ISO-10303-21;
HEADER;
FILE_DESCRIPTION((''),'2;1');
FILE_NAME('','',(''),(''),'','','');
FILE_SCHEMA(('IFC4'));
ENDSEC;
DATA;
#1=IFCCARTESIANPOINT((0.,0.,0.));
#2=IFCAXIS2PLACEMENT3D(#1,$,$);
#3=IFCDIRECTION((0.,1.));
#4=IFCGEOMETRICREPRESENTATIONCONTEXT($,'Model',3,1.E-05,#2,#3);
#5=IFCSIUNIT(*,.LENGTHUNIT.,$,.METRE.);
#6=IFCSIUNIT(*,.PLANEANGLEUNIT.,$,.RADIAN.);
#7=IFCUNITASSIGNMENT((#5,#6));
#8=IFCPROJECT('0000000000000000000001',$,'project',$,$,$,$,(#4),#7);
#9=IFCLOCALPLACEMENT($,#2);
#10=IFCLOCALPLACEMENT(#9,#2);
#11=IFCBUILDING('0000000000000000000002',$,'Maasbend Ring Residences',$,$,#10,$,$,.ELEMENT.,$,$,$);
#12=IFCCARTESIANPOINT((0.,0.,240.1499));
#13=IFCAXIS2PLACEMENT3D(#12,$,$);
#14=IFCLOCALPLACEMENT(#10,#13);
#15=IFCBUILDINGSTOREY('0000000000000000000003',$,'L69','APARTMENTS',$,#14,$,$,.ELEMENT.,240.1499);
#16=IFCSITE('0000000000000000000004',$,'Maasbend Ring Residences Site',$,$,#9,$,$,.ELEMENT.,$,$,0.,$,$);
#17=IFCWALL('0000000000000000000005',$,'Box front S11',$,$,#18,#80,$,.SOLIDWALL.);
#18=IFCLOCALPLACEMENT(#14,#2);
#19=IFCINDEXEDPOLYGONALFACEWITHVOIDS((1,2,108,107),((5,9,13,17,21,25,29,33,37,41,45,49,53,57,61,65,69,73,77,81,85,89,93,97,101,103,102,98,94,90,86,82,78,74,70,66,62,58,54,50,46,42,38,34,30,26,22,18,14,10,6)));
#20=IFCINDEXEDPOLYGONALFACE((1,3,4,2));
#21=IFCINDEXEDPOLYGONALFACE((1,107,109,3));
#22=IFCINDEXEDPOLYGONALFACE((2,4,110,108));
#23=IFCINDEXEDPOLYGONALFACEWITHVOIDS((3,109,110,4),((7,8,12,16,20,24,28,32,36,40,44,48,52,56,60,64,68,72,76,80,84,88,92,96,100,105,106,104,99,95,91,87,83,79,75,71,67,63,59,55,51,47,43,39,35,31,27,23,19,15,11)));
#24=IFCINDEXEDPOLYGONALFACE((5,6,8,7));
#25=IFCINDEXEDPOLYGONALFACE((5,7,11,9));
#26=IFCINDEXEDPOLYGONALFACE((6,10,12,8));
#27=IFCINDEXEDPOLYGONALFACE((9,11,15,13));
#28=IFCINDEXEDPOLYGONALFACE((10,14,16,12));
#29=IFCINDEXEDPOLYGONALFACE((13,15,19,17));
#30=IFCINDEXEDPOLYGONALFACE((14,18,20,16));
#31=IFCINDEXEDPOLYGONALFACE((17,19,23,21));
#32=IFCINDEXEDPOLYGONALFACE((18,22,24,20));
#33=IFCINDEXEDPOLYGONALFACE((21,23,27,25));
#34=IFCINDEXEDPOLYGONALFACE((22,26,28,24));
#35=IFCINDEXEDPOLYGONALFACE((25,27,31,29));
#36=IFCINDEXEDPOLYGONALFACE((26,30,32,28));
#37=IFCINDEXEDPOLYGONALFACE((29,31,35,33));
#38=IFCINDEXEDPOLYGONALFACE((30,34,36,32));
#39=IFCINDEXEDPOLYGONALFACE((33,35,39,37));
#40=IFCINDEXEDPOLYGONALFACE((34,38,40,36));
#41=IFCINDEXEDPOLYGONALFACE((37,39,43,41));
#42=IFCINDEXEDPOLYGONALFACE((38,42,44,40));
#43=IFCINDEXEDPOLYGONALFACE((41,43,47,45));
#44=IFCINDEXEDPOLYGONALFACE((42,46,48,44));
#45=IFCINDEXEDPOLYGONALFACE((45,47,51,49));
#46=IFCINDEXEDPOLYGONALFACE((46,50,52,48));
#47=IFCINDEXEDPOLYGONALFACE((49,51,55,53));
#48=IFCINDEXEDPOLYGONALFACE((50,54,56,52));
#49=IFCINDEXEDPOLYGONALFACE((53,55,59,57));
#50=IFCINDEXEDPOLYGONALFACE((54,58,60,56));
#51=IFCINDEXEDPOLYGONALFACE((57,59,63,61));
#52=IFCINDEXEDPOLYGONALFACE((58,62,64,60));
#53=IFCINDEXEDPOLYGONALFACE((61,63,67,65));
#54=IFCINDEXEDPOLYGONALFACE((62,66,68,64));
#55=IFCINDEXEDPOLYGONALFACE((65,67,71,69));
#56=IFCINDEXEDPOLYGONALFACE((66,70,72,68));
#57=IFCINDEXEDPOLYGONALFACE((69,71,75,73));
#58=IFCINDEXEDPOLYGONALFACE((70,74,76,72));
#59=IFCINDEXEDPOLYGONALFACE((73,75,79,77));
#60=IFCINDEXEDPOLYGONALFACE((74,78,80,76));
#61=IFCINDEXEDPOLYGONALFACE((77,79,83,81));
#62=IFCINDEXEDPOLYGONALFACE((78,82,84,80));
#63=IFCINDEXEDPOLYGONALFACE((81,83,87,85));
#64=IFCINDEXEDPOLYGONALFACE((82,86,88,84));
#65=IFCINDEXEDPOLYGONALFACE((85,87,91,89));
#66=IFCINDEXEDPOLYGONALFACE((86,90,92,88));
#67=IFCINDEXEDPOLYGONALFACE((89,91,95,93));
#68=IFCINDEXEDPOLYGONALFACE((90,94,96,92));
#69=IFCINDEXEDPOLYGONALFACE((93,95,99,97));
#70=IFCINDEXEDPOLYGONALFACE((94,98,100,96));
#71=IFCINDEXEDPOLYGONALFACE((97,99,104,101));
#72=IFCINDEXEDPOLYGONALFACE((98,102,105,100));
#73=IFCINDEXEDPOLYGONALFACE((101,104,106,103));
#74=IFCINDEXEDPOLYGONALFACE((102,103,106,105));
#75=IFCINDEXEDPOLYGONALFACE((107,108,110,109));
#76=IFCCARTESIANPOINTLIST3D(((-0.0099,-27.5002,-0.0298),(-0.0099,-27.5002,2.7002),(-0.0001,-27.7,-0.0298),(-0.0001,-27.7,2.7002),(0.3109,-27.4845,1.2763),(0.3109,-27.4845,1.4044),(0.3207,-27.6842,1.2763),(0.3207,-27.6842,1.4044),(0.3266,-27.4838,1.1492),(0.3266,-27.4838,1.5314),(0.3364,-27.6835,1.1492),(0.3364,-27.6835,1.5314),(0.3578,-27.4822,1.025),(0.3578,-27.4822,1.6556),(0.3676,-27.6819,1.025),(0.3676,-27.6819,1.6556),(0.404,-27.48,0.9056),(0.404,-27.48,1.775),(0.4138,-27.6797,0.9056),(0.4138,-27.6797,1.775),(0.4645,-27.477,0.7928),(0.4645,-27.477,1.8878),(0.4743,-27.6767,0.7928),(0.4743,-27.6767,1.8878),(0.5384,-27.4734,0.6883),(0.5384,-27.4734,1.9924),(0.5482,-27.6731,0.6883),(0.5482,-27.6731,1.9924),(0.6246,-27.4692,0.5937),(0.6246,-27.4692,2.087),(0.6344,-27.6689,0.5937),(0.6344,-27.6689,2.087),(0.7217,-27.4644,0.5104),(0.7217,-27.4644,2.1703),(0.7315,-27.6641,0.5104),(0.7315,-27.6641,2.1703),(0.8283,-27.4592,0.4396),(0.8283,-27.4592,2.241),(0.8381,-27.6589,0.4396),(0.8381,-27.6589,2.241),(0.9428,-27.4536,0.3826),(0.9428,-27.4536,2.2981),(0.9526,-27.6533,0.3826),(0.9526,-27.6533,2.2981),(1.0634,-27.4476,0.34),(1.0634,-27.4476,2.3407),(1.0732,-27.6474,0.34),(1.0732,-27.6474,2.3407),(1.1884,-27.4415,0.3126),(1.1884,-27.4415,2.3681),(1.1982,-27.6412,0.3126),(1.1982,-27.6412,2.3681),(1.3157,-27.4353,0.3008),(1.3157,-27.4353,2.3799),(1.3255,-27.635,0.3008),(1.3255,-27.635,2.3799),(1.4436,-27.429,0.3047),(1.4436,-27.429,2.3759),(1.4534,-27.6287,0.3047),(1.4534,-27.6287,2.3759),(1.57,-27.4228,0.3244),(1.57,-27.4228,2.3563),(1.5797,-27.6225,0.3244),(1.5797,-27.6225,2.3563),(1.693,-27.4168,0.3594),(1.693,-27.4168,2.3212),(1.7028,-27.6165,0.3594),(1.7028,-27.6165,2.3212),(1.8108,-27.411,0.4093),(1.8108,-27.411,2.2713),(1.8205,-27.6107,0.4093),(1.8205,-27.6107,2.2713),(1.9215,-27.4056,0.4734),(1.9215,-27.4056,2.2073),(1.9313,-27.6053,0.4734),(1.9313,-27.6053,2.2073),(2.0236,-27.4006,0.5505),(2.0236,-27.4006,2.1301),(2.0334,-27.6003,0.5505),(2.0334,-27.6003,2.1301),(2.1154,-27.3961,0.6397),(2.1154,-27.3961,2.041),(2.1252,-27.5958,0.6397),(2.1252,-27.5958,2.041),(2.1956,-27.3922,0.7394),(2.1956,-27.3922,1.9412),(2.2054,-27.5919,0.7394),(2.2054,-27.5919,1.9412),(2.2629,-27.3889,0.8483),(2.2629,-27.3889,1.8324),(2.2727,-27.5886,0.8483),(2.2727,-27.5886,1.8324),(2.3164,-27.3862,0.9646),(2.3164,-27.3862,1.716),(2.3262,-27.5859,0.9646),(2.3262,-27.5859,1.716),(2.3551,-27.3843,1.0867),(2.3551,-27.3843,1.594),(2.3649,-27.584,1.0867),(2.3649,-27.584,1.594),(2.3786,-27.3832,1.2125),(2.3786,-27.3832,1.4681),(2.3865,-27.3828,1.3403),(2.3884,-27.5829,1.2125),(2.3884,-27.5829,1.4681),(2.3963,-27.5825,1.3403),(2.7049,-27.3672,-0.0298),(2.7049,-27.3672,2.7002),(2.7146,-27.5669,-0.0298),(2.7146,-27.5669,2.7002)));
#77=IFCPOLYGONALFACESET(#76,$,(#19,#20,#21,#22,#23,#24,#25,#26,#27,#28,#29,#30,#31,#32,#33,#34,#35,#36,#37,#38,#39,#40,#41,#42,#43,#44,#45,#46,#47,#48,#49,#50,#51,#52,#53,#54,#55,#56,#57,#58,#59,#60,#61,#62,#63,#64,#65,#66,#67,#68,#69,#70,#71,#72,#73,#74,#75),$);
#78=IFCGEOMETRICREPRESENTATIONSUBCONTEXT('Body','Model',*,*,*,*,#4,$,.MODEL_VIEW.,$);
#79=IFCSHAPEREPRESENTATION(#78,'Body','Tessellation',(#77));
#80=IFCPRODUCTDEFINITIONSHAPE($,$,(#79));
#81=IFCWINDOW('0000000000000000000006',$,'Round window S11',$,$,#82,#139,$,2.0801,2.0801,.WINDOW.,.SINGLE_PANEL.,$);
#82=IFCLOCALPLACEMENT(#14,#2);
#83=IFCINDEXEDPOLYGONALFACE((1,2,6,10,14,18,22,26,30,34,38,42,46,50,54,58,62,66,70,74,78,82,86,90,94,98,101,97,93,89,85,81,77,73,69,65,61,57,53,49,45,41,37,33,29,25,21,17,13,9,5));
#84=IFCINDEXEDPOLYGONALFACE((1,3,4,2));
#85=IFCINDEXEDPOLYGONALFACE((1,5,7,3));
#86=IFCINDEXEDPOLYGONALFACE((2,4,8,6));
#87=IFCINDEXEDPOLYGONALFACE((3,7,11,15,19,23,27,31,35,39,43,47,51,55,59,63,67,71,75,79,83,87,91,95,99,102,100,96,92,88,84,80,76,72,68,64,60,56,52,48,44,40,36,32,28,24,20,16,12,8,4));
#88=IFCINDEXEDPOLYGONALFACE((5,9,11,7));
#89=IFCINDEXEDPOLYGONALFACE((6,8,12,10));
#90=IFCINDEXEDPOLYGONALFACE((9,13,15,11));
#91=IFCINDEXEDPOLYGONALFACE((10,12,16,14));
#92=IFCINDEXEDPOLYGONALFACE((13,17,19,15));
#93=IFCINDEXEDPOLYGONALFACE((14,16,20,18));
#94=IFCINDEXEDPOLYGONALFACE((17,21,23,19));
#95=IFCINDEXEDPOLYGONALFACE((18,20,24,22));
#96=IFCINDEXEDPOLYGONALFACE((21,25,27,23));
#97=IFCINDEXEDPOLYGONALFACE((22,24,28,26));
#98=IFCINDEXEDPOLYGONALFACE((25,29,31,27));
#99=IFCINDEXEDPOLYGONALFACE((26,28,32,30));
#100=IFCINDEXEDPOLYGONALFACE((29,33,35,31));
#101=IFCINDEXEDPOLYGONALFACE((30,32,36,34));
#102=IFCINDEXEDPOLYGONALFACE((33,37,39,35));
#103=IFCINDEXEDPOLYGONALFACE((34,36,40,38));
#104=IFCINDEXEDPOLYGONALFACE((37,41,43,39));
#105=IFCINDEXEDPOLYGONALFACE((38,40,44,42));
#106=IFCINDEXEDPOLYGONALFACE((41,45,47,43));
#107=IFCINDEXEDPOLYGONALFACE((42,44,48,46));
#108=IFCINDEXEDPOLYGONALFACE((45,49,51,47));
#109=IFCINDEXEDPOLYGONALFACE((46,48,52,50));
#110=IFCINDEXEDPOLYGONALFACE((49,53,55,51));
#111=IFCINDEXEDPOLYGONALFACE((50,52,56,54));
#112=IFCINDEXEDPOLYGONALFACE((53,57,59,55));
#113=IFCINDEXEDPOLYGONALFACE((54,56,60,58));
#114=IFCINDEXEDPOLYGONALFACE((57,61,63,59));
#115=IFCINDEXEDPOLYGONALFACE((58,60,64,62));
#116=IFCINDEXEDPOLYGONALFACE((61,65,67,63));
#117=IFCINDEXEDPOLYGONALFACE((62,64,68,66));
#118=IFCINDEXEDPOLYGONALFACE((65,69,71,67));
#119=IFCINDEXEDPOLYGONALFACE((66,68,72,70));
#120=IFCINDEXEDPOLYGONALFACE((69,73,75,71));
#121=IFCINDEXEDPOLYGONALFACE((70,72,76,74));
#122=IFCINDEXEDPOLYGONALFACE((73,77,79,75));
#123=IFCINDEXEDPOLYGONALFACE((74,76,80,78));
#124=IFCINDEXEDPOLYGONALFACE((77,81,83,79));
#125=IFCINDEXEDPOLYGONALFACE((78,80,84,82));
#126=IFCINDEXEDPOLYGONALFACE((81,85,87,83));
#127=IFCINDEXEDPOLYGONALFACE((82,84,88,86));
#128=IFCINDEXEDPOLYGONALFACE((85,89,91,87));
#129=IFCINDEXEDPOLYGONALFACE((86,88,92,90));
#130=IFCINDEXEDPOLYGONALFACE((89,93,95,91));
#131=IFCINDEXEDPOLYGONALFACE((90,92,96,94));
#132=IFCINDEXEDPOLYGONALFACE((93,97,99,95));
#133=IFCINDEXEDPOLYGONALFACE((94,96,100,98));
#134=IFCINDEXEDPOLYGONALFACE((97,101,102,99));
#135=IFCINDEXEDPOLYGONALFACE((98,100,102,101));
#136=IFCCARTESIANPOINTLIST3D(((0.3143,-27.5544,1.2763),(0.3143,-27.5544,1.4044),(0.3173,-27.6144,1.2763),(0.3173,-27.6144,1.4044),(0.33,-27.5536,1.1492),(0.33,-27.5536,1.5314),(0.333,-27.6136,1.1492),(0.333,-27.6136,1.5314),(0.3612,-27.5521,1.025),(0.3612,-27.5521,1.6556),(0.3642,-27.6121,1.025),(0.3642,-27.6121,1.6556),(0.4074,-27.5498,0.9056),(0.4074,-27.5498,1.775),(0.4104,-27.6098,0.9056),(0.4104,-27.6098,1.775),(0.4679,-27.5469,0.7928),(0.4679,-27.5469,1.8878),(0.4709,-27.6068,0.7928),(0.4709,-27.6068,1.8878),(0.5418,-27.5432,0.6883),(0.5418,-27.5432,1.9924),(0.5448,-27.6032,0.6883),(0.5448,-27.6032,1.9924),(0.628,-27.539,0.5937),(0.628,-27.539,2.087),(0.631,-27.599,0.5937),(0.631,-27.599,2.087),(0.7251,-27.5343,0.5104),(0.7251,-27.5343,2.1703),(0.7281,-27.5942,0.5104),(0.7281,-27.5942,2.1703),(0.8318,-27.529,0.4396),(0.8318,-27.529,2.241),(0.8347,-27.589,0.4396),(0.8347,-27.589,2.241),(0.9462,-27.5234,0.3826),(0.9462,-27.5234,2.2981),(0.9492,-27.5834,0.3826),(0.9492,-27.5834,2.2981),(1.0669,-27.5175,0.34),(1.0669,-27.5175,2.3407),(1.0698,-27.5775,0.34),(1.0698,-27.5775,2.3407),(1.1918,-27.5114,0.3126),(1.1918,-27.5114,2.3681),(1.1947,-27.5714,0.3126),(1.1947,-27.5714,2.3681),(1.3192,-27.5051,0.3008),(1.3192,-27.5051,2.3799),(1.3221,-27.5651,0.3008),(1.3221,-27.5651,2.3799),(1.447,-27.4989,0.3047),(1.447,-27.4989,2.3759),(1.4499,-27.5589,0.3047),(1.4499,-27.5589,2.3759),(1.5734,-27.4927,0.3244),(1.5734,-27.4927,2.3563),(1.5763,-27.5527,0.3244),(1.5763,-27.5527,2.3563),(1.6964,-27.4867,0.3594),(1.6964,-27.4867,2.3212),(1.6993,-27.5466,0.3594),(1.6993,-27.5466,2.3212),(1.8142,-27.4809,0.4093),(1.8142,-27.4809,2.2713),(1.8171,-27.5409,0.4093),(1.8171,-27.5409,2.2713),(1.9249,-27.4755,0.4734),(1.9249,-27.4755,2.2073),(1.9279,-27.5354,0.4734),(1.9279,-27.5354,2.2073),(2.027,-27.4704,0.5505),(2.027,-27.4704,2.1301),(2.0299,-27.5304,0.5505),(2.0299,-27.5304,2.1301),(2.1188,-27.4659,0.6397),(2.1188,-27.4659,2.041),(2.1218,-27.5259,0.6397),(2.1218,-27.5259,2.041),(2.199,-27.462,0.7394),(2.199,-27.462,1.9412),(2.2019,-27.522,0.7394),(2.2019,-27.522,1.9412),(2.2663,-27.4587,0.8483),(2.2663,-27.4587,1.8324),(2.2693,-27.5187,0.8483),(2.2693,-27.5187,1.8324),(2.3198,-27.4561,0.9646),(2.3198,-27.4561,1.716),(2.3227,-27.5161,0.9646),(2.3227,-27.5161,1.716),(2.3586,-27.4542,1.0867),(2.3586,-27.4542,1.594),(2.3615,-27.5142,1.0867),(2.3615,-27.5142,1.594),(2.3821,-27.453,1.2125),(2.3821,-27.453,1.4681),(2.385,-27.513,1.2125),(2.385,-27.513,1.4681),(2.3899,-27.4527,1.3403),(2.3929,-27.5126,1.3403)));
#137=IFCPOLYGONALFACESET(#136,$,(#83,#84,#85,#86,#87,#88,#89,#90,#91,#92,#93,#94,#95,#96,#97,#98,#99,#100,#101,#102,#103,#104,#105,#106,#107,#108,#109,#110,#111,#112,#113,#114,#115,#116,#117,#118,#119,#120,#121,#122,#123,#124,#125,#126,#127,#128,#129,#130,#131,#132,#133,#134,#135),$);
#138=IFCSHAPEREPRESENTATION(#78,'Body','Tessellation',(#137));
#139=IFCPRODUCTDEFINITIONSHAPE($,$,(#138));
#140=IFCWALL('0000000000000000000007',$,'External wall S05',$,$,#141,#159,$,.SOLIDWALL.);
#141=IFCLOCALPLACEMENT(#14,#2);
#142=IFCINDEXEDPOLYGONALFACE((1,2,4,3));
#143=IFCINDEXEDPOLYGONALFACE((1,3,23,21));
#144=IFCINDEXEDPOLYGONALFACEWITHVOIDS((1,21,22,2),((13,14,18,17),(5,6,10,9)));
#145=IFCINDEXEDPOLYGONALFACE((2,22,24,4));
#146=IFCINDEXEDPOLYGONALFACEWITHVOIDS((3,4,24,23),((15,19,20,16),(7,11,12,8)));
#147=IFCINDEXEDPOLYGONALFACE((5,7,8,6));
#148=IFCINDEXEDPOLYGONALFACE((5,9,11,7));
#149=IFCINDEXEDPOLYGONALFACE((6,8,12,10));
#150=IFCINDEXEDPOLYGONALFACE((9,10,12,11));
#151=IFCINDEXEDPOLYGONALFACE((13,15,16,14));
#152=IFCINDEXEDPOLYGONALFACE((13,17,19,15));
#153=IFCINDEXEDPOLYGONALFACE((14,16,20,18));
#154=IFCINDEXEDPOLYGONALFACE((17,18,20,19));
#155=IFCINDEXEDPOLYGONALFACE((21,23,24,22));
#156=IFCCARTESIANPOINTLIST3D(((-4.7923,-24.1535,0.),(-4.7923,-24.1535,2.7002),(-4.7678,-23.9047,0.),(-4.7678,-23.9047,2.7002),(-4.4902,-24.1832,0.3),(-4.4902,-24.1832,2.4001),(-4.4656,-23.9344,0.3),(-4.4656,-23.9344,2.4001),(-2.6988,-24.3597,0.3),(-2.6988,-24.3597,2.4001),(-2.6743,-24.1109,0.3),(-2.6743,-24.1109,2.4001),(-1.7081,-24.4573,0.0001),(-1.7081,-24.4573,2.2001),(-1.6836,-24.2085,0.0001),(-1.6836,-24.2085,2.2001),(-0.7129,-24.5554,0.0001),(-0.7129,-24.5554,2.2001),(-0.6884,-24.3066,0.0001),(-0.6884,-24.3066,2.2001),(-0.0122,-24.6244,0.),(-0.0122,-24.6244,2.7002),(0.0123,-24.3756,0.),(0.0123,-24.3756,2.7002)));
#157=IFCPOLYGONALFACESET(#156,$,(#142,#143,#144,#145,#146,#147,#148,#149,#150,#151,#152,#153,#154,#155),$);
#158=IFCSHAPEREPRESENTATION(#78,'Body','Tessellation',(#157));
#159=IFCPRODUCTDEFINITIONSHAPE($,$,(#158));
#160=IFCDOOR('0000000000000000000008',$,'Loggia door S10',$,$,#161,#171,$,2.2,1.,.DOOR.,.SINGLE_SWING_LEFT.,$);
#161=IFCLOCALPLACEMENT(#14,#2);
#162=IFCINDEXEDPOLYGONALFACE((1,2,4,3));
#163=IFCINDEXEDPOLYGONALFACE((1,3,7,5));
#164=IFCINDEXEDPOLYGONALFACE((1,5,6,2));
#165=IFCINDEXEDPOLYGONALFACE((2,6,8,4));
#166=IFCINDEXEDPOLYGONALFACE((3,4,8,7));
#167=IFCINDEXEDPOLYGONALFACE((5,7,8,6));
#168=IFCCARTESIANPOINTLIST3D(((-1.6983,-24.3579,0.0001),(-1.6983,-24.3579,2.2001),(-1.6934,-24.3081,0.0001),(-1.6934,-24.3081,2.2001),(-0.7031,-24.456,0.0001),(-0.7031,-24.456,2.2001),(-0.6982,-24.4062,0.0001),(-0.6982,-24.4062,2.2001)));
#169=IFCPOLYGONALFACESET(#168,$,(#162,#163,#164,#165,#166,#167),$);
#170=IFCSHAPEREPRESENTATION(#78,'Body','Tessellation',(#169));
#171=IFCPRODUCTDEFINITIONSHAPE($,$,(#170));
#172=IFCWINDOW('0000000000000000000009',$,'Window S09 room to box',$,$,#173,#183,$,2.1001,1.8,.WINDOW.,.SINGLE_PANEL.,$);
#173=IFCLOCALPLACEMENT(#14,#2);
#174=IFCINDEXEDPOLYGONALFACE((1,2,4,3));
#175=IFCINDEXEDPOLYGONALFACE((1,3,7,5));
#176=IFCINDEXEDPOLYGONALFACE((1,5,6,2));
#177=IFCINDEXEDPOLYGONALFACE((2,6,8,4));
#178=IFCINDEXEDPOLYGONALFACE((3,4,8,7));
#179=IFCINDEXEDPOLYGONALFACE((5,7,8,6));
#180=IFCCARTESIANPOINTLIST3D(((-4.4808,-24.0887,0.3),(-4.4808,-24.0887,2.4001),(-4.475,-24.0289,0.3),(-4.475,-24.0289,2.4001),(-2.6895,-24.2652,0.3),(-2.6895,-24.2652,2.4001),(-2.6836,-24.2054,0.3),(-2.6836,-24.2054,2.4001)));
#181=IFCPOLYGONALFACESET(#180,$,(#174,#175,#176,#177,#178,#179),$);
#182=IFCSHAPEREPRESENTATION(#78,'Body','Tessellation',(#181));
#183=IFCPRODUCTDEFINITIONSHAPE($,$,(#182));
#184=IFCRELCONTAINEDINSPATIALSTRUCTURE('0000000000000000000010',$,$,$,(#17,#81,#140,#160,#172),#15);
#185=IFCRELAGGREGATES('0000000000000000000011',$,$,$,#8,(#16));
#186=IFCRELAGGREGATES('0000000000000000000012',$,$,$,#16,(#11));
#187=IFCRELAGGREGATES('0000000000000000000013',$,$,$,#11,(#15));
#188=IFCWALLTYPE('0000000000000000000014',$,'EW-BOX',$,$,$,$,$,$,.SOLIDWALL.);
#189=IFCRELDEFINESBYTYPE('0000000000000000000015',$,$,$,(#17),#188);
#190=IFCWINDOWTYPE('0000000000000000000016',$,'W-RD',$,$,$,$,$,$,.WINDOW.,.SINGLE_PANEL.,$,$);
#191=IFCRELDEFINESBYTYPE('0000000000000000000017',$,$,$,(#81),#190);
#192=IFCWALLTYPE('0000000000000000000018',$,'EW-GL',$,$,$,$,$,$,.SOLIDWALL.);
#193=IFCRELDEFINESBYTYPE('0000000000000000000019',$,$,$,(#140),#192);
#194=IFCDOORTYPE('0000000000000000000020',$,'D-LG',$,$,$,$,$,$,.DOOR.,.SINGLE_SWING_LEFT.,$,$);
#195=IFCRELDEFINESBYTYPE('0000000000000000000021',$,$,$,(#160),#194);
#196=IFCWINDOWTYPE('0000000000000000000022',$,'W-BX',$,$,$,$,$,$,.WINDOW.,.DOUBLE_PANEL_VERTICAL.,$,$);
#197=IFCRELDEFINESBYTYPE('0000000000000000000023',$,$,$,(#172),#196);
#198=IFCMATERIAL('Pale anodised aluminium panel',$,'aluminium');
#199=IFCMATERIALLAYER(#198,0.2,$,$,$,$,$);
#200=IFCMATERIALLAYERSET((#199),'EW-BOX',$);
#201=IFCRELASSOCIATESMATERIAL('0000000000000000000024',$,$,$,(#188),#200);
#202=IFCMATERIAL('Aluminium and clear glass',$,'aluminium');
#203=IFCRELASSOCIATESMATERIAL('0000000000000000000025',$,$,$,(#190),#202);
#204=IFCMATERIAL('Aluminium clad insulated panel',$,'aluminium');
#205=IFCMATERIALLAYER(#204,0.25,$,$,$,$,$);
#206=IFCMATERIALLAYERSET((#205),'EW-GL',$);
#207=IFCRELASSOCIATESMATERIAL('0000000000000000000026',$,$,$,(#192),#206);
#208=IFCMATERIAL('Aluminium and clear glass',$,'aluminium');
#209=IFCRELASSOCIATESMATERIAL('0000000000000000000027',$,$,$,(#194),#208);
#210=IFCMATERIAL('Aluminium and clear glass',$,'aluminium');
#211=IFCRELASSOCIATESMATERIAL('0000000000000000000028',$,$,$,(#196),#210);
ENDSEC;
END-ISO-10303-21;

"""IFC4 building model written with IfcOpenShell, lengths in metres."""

from ifc_helpers import new_model, si_unit, direction, frame, frame_2d, origin, place, context, subcontext, project, spatial, rectangle, circle, extrude, material, layer, layer_set, type_object, element, fill, save


model = new_model("IFC4")

# Units and contexts
model_context = context("Model", 3, precision=1e-05, world=origin(), true_north=direction((0.0, 1.0)))
body_context = subcontext(model_context, "Body", "Model", "MODEL_VIEW")
ifc_project = project(units=[si_unit("LENGTHUNIT", "METRE"), si_unit("PLANEANGLEUNIT", "RADIAN")], contexts=[model_context])

# Site, building, storey
site_placement = place(None, origin())
site = spatial("IfcSite", under=ifc_project, at=site_placement, Name="Maasbend Ring Residences Site", CompositionType="ELEMENT", RefElevation=0.0)
building_placement = place(site_placement, origin())
building = spatial("IfcBuilding", under=site, at=building_placement, Name="Maasbend Ring Residences", CompositionType="ELEMENT")
storey_placement = place(building_placement, frame((0.0, 0.0, 240.1499)))
storey = spatial("IfcBuildingStorey", under=building, at=storey_placement, Name="L69", Description="APARTMENTS", CompositionType="ELEMENT", Elevation=240.1499)

# Shared definitions
ifc_material_1 = material(Name="Pale anodised aluminium panel", Category="aluminium")
ifc_layer_1 = layer(ifc_material_1, 0.2)
ifc_layer_set_1 = layer_set([ifc_layer_1], Name="EW-BOX")
wall_type_1 = type_object("IfcWallType", Name="EW-BOX", PredefinedType="SOLIDWALL", material=ifc_layer_set_1)

# Shared definitions
ifc_material_2 = material(Name="Aluminium and clear glass", Category="aluminium")
window_type_1 = type_object("IfcWindowType", Name="W-RD", PartitioningType="SINGLE_PANEL", PredefinedType="WINDOW", material=ifc_material_2)

# Wall, opening, window
wall_1_placement = place(storey_placement, frame((-0.0049, -27.6001, -0.0298), z_axis=(0.0, 0.0, 1.0), x_axis=(0.998801, 0.048952, 0.0)))
wall_1 = element("IfcWall", 1, at=wall_1_placement, inside=storey, type_object=wall_type_1, Name="Box front S11", PredefinedType="SOLIDWALL", context=body_context, shape_type="SweptSolid", body=[
    extrude(rectangle(XDim=2.718, YDim=0.2, at=frame_2d((1.3589, 0.0))), origin(), (0.0, 0.0, 1.0), 2.73),
])
opening_1_placement = place(wall_1_placement, frame((0.3191, 0.0, 0.3301)))
opening_1 = element("IfcOpeningElement", 2, at=opening_1_placement, cuts=wall_1, PredefinedType="OPENING", context=body_context, shape_type="SweptSolid", body=[
    extrude(circle(Radius=1.04, at=frame_2d((1.04, 1.04))), frame((0.0, 0.1099, 0.0), z_axis=(0.0, -1.0, 0.0), x_axis=(1.0, 0.0, 0.0)), (0.0, 0.0, 1.0), 0.22),
])
window_1_placement = place(opening_1_placement, origin())
window_1 = element("IfcWindow", 3, at=window_1_placement, inside=storey, type_object=window_type_1, Name="Round window S11", OverallHeight=2.0801, OverallWidth=2.0801, PartitioningType="SINGLE_PANEL", PredefinedType="WINDOW", context=body_context, shape_type="SweptSolid", body=[
    extrude(circle(Radius=1.04, at=frame_2d((1.04, 1.04))), frame((0.0, 0.03, 0.0), z_axis=(0.0, -1.0, 0.0), x_axis=(1.0, 0.0, 0.0)), (0.0, 0.0, 1.0), 0.0601),
])
fill(opening_1, window_1)

# Wall, openings, door, window
ifc_material_3 = material(Name="Aluminium clad insulated panel", Category="aluminium")
ifc_layer_2 = layer(ifc_material_3, 0.25)
ifc_layer_set_2 = layer_set([ifc_layer_2], Name="EW-GL")
wall_type_2 = type_object("IfcWallType", Name="EW-GL", PredefinedType="SOLIDWALL", material=ifc_layer_set_2)
wall_2_placement = place(storey_placement, frame((-4.78, -24.0291, 0.0), z_axis=(0.0, 0.0, 1.0), x_axis=(0.995182, -0.098049, 0.0)))
wall_2 = element("IfcWall", 4, at=wall_2_placement, inside=storey, type_object=wall_type_2, Name="External wall S05", PredefinedType="SOLIDWALL", context=body_context, shape_type="SweptSolid", body=[
    extrude(rectangle(XDim=4.8032, YDim=0.25, at=frame_2d((2.4016, 0.0))), origin(), (0.0, 0.0, 1.0), 2.7002),
])
opening_2_placement = place(wall_2_placement, frame((0.3037, 0.0, 0.3)))
opening_2 = element("IfcOpeningElement", 5, at=opening_2_placement, cuts=wall_2, PredefinedType="OPENING", context=body_context, shape_type="SweptSolid", body=[
    extrude(rectangle(XDim=1.8, YDim=2.1001, at=frame_2d((0.8999, 1.05))), frame((0.0, 0.135, 0.0), z_axis=(0.0, -1.0, 0.0), x_axis=(1.0, 0.0, 0.0)), (0.0, 0.0, 1.0), 0.27),
])
opening_3_placement = place(wall_2_placement, frame((3.0991, 0.0, 0.0)))
opening_3 = element("IfcOpeningElement", 6, at=opening_3_placement, cuts=wall_2, PredefinedType="OPENING", context=body_context, shape_type="SweptSolid", body=[
    extrude(rectangle(XDim=1.0, YDim=2.2, at=frame_2d((0.5, 1.1001))), frame((0.0, 0.135, 0.0), z_axis=(0.0, -1.0, 0.0), x_axis=(1.0, 0.0, 0.0)), (0.0, 0.0, 1.0), 0.27),
])
ifc_material_4 = material(Name="Aluminium and clear glass", Category="aluminium")
door_type_1 = type_object("IfcDoorType", Name="D-LG", OperationType="SINGLE_SWING_LEFT", PredefinedType="DOOR", material=ifc_material_4)
door_1_placement = place(opening_3_placement, origin())
door_1 = element("IfcDoor", 7, at=door_1_placement, inside=storey, type_object=door_type_1, Name="Loggia door S10", OperationType="SINGLE_SWING_LEFT", OverallHeight=2.2, OverallWidth=1.0, PredefinedType="DOOR", context=body_context, shape_type="SweptSolid", body=[
    extrude(rectangle(XDim=1.0, YDim=2.2, at=frame_2d((0.5, 1.1001))), frame((0.0, 0.0249, 0.0), z_axis=(0.0, -1.0, 0.0), x_axis=(1.0, 0.0, 0.0)), (0.0, 0.0, 1.0), 0.05),
])
fill(opening_3, door_1)
ifc_material_5 = material(Name="Aluminium and clear glass", Category="aluminium")
window_type_2 = type_object("IfcWindowType", Name="W-BX", PartitioningType="DOUBLE_PANEL_VERTICAL", PredefinedType="WINDOW", material=ifc_material_5)
window_2_placement = place(opening_2_placement, origin())
window_2 = element("IfcWindow", 8, at=window_2_placement, inside=storey, type_object=window_type_2, Name="Window S09 room to box", OverallHeight=2.1001, OverallWidth=1.8, PartitioningType="SINGLE_PANEL", PredefinedType="WINDOW", context=body_context, shape_type="SweptSolid", body=[
    extrude(rectangle(XDim=1.8, YDim=2.1001, at=frame_2d((0.8999, 1.05))), frame((0.0, 0.03, 0.0), z_axis=(0.0, -1.0, 0.0), x_axis=(1.0, 0.0, 0.0)), (0.0, 0.0, 1.0), 0.0601),
])
fill(opening_2, window_2)

save(model, "model.ifc")
